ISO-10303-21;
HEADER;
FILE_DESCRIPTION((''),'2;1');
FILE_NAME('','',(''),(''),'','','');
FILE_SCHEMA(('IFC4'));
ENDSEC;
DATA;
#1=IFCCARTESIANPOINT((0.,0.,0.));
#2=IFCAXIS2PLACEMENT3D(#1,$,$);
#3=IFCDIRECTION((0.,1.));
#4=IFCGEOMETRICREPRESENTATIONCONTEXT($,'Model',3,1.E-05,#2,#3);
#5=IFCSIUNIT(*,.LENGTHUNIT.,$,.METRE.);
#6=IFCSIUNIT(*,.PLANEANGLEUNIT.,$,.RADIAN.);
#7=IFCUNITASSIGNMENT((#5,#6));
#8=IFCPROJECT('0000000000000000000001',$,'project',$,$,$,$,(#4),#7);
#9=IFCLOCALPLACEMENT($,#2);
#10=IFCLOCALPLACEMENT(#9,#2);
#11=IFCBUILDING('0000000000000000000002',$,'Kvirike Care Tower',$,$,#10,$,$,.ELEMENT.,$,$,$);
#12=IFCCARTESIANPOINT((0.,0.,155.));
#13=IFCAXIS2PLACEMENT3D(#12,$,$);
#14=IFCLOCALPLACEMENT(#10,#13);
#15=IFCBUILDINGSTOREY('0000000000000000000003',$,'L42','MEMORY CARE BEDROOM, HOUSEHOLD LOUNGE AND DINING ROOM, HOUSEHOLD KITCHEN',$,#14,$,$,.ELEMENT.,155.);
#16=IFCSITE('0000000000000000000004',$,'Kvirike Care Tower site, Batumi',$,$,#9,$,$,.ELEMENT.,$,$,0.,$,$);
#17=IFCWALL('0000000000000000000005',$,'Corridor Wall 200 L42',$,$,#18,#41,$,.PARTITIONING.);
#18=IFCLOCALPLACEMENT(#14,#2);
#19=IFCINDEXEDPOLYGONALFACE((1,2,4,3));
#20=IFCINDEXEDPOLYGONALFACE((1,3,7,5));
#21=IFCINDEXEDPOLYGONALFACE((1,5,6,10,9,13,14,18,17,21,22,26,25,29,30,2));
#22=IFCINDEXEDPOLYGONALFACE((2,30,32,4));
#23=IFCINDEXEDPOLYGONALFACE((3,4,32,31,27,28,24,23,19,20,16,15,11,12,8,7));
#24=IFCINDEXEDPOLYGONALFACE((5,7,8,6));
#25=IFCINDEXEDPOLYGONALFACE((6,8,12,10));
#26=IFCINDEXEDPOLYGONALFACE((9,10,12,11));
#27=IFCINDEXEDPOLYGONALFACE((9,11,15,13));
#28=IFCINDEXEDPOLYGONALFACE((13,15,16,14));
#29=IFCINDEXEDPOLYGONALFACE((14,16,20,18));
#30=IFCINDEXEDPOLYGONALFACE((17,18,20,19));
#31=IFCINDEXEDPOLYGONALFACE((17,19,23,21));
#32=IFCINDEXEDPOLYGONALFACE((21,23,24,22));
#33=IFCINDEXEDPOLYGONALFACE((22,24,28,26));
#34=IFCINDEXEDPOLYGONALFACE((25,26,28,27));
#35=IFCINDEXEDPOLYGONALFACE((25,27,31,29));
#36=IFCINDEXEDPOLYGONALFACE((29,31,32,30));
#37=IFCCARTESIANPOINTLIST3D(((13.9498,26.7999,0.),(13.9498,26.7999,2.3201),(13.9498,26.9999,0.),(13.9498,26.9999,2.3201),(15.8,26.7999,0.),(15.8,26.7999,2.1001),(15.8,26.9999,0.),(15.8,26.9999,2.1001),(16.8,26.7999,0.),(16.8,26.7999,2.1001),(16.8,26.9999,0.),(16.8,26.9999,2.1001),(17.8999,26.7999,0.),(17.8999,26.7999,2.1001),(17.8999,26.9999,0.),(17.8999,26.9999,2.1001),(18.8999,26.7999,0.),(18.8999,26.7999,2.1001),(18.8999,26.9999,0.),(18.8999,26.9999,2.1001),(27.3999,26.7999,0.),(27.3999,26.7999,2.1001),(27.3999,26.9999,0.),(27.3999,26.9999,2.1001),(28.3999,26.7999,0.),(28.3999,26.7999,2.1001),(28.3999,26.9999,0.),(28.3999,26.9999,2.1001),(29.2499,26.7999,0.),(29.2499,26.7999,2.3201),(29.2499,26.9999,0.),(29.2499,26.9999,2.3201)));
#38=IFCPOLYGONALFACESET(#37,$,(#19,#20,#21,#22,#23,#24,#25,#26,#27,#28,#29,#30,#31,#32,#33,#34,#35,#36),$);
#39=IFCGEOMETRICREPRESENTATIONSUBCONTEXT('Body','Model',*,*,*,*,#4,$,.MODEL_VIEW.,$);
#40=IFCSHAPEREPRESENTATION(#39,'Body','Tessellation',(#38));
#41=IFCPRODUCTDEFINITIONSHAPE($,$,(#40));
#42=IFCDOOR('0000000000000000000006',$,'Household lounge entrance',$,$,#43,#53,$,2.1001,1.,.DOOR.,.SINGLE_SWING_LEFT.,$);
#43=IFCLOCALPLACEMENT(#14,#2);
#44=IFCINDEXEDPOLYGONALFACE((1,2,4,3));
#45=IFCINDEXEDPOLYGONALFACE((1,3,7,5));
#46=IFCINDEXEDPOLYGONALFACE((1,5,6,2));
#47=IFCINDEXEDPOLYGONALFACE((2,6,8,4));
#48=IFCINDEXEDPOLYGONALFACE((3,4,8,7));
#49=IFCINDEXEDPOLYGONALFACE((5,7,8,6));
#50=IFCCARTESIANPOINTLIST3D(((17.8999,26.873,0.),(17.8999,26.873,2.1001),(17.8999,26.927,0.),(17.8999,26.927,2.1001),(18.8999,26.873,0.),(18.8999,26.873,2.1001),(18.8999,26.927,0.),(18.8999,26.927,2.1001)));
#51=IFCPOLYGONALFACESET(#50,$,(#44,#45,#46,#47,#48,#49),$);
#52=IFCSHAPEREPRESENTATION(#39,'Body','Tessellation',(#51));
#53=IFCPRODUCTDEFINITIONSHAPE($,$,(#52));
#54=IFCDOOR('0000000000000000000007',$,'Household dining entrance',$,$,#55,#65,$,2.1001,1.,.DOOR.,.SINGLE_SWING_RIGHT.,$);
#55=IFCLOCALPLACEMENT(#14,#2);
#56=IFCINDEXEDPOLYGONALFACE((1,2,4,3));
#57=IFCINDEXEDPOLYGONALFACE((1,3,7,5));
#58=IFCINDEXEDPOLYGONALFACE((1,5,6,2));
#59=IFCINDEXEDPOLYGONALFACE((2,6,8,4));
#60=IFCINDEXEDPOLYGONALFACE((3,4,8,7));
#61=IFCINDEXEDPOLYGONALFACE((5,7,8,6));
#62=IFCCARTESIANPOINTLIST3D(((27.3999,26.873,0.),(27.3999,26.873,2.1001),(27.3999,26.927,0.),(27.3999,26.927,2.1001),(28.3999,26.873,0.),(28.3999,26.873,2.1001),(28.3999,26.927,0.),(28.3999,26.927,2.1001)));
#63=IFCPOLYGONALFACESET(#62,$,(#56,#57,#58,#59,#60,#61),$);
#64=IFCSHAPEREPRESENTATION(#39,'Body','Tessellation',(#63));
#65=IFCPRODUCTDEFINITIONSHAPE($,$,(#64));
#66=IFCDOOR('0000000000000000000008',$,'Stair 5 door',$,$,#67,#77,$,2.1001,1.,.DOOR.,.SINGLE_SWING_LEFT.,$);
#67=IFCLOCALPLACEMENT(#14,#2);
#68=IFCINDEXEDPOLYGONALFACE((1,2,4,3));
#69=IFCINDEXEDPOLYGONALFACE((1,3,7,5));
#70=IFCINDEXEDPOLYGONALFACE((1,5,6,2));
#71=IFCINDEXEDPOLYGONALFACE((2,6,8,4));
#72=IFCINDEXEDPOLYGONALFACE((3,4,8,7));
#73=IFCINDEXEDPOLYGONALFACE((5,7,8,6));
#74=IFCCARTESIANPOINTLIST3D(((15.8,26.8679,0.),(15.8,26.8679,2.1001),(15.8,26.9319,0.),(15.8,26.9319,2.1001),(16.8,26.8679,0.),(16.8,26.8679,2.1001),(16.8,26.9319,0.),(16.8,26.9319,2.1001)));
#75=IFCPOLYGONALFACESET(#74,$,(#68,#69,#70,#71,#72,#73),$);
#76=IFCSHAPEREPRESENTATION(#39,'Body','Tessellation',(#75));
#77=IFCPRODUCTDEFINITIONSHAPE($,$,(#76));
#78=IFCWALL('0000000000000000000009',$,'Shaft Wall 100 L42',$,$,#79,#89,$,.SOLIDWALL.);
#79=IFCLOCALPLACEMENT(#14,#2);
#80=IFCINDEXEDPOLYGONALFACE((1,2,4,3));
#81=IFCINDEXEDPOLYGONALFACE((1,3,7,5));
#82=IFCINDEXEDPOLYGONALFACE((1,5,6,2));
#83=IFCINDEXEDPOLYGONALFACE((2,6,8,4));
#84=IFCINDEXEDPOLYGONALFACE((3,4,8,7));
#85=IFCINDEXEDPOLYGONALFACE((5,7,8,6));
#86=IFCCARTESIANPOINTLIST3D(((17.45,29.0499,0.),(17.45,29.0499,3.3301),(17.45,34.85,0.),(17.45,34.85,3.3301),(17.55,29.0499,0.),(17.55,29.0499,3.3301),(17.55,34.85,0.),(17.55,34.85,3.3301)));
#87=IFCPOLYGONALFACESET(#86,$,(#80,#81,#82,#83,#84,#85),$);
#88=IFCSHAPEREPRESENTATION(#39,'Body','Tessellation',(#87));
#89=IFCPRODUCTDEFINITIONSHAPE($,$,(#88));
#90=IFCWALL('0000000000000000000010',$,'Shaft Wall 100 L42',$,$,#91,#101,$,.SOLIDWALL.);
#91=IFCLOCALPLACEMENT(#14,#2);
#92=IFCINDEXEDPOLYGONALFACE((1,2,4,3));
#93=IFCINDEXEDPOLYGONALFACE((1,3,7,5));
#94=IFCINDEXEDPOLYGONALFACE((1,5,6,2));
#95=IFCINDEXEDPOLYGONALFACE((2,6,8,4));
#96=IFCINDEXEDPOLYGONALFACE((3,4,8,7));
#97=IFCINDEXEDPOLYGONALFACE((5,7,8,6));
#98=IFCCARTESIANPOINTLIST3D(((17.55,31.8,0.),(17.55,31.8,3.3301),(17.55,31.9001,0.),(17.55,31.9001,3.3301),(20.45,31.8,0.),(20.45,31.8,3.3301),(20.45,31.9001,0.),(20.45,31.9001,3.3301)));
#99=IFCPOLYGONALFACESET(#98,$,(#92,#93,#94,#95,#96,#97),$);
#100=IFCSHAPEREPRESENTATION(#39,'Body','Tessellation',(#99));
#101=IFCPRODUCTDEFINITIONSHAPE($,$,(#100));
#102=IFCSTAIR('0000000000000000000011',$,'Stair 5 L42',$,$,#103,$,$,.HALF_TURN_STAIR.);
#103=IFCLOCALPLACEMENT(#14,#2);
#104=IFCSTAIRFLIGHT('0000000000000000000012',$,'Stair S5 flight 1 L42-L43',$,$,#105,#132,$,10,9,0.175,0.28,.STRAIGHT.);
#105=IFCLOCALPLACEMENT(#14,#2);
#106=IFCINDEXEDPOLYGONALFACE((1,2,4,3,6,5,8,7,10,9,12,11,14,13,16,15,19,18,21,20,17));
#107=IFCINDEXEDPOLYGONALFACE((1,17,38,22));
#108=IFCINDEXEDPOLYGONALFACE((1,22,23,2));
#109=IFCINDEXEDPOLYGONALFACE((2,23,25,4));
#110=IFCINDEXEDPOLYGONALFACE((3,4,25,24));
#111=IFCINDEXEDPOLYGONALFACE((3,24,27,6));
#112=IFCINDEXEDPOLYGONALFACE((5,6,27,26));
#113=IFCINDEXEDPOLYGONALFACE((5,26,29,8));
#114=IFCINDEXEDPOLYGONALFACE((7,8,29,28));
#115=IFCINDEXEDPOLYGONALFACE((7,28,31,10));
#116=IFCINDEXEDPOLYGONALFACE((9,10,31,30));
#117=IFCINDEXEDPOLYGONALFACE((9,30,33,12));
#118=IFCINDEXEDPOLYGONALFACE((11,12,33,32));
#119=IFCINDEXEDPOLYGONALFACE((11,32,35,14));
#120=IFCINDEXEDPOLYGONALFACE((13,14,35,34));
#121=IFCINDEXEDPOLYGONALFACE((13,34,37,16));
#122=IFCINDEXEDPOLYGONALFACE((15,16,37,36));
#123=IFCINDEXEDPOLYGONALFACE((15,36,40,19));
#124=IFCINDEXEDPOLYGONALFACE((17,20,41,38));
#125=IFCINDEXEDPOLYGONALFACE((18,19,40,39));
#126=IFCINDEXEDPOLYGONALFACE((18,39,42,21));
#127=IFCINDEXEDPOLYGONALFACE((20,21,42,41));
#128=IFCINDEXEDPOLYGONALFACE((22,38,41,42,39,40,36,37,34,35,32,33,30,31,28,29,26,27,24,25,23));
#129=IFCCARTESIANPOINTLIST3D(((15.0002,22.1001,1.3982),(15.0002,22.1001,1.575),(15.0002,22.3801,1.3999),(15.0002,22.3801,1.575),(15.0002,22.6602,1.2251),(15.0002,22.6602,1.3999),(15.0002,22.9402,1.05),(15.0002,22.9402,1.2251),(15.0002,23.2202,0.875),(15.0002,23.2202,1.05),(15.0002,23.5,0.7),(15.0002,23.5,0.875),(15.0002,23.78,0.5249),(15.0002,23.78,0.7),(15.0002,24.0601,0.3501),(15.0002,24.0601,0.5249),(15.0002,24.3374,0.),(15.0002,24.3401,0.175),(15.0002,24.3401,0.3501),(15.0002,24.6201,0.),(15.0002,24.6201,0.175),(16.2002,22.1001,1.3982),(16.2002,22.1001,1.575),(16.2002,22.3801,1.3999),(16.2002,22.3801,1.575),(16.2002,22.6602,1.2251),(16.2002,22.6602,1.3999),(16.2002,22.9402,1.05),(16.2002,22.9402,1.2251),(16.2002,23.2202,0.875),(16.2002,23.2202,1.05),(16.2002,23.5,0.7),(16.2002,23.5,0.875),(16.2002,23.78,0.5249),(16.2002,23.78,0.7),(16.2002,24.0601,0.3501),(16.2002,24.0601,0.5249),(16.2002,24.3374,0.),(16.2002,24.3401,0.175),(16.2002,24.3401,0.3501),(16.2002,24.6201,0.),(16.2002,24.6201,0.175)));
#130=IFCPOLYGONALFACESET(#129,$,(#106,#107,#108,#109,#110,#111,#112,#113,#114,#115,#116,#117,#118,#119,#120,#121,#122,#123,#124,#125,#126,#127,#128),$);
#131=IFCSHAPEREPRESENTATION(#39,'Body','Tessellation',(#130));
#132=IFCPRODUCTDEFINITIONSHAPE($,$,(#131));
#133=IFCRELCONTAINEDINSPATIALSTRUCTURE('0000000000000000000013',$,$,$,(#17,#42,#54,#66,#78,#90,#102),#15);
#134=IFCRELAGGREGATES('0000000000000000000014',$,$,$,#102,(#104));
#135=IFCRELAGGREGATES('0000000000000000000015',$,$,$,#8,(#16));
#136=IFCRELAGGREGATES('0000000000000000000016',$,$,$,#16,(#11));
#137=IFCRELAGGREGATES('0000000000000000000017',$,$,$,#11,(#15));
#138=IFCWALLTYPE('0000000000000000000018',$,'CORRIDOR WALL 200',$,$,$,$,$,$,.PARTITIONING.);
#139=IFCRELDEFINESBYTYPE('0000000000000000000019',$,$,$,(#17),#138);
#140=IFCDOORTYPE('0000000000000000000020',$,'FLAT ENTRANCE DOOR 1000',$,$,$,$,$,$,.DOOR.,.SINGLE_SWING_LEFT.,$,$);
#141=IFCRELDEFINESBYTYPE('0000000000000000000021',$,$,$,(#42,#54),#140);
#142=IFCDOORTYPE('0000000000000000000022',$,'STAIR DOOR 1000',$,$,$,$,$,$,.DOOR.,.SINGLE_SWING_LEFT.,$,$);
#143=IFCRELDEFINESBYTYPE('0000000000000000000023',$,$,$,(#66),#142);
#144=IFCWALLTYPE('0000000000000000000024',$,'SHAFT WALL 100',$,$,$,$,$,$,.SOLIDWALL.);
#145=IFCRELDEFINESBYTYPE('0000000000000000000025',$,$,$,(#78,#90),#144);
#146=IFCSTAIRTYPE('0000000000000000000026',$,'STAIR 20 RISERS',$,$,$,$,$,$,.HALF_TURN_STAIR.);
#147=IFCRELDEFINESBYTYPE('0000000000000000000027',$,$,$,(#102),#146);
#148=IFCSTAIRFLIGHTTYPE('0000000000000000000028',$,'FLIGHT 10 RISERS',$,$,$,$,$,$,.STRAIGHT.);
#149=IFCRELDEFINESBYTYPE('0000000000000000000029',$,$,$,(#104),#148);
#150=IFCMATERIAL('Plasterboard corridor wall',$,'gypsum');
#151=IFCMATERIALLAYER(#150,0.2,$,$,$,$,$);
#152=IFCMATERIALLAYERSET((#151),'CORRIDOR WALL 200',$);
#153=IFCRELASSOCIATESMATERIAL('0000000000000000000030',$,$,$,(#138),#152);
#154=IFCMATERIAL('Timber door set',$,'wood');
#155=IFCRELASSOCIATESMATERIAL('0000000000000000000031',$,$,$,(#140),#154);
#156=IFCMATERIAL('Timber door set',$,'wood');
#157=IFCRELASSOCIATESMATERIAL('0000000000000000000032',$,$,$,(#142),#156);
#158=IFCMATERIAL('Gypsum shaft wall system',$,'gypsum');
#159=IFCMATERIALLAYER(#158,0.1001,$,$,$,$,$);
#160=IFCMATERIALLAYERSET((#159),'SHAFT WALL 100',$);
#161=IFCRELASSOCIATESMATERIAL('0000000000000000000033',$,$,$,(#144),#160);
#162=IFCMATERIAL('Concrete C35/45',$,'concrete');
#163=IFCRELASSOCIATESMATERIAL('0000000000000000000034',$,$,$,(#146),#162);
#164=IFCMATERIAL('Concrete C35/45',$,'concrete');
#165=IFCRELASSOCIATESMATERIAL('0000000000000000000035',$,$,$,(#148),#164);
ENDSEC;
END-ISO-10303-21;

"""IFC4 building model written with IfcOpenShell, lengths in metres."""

from ifc_helpers import new_model, si_unit, direction, frame, frame_2d, origin, place, context, subcontext, project, spatial, polyline, rectangle, outline, extrude, material, layer, layer_set, type_object, element, fill, aggregate, save


model = new_model("IFC4")

# Units and contexts
model_context = context("Model", 3, precision=1e-05, world=origin(), true_north=direction((0.0, 1.0)))
body_context = subcontext(model_context, "Body", "Model", "MODEL_VIEW")
ifc_project = project(units=[si_unit("LENGTHUNIT", "METRE"), si_unit("PLANEANGLEUNIT", "RADIAN")], contexts=[model_context])

# Site, building, storey
site_placement = place(None, origin())
site = spatial("IfcSite", under=ifc_project, at=site_placement, Name="Kvirike Care Tower site, Batumi", CompositionType="ELEMENT", RefElevation=0.0)
building_placement = place(site_placement, origin())
building = spatial("IfcBuilding", under=site, at=building_placement, Name="Kvirike Care Tower", CompositionType="ELEMENT")
storey_placement = place(building_placement, frame((0.0, 0.0, 155.0)))
storey = spatial("IfcBuildingStorey", under=building, at=storey_placement, Name="L42", Description="MEMORY CARE BEDROOM, HOUSEHOLD LOUNGE AND DINING ROOM, HOUSEHOLD KITCHEN", CompositionType="ELEMENT", Elevation=155.0)

# Wall, openings, doors
ifc_material_1 = material(Name="Plasterboard corridor wall", Category="gypsum")
ifc_layer_1 = layer(ifc_material_1, 0.2)
ifc_layer_set_1 = layer_set([ifc_layer_1], Name="CORRIDOR WALL 200")
wall_type_1 = type_object("IfcWallType", Name="CORRIDOR WALL 200", PredefinedType="PARTITIONING", material=ifc_layer_set_1)
wall_1_placement = place(storey_placement, frame((13.95, 26.8999, 0.0), z_axis=(0.0, 0.0, 1.0), x_axis=(1.0, 0.0, 0.0)))
wall_1 = element("IfcWall", 1, at=wall_1_placement, inside=storey, type_object=wall_type_1, Name="Corridor Wall 200 L42", PredefinedType="PARTITIONING", context=body_context, shape_type="SweptSolid", body=[
    extrude(rectangle(XDim=15.3, YDim=0.2, at=frame_2d((7.6499, 0.0))), origin(), (0.0, 0.0, 1.0), 2.3201),
])
opening_1_placement = place(wall_1_placement, frame((1.8501, 0.0, 0.0)))
opening_1 = element("IfcOpeningElement", 2, at=opening_1_placement, cuts=wall_1, PredefinedType="OPENING", context=body_context, shape_type="SweptSolid", body=[
    extrude(rectangle(XDim=1.0, YDim=2.1001, at=frame_2d((0.5, 1.05))), frame((0.0, 0.1106, 0.0), z_axis=(0.0, -1.0, 0.0), x_axis=(1.0, 0.0, 0.0)), (0.0, 0.0, 1.0), 0.2209),
])
opening_2_placement = place(wall_1_placement, frame((3.95, 0.0, 0.0)))
opening_2 = element("IfcOpeningElement", 3, at=opening_2_placement, cuts=wall_1, PredefinedType="OPENING", context=body_context, shape_type="SweptSolid", body=[
    extrude(rectangle(XDim=1.0, YDim=2.1001, at=frame_2d((0.5, 1.05))), frame((0.0, 0.1106, 0.0), z_axis=(0.0, -1.0, 0.0), x_axis=(1.0, 0.0, 0.0)), (0.0, 0.0, 1.0), 0.2209),
])
opening_3_placement = place(wall_1_placement, frame((13.45, 0.0, 0.0)))
opening_3 = element("IfcOpeningElement", 4, at=opening_3_placement, cuts=wall_1, PredefinedType="OPENING", context=body_context, shape_type="SweptSolid", body=[
    extrude(rectangle(XDim=1.0, YDim=2.1001, at=frame_2d((0.5, 1.05))), frame((0.0, 0.1106, 0.0), z_axis=(0.0, -1.0, 0.0), x_axis=(1.0, 0.0, 0.0)), (0.0, 0.0, 1.0), 0.2209),
])
ifc_material_2 = material(Name="Timber door set", Category="wood")
door_type_1 = type_object("IfcDoorType", Name="FLAT ENTRANCE DOOR 1000", OperationType="SINGLE_SWING_LEFT", PredefinedType="DOOR", material=ifc_material_2)
door_1_placement = place(opening_2_placement, frame((1.0, 0.0, 0.0), z_axis=(0.0, 0.0, 1.0), x_axis=(-1.0, 0.0, 0.0)))
door_1 = element("IfcDoor", 5, at=door_1_placement, inside=storey, type_object=door_type_1, Name="Household lounge entrance", OperationType="SINGLE_SWING_LEFT", OverallHeight=2.1001, OverallWidth=1.0, PredefinedType="DOOR", context=body_context, shape_type="SweptSolid", body=[
    extrude(rectangle(XDim=1.0, YDim=2.1001, at=frame_2d((0.5, 1.05))), frame((0.0, 0.0269, 0.0), z_axis=(0.0, -1.0, 0.0), x_axis=(1.0, 0.0, 0.0)), (0.0, 0.0, 1.0), 0.054),
])
fill(opening_2, door_1)
door_2_placement = place(opening_3_placement, frame((1.0, 0.0, 0.0), z_axis=(0.0, 0.0, 1.0), x_axis=(-1.0, 0.0, 0.0)))
door_2 = element("IfcDoor", 6, at=door_2_placement, inside=storey, type_object=door_type_1, Name="Household dining entrance", OperationType="SINGLE_SWING_RIGHT", OverallHeight=2.1001, OverallWidth=1.0, PredefinedType="DOOR", context=body_context, shape_type="SweptSolid", body=[
    extrude(rectangle(XDim=1.0, YDim=2.1001, at=frame_2d((0.5, 1.05))), frame((0.0, 0.0269, 0.0), z_axis=(0.0, -1.0, 0.0), x_axis=(1.0, 0.0, 0.0)), (0.0, 0.0, 1.0), 0.054),
])
fill(opening_3, door_2)
ifc_material_3 = material(Name="Timber door set", Category="wood")
door_type_2 = type_object("IfcDoorType", Name="STAIR DOOR 1000", OperationType="SINGLE_SWING_LEFT", PredefinedType="DOOR", material=ifc_material_3)
door_3_placement = place(opening_1_placement, frame((1.0, 0.0, 0.0), z_axis=(0.0, 0.0, 1.0), x_axis=(-1.0, 0.0, 0.0)))
door_3 = element("IfcDoor", 7, at=door_3_placement, inside=storey, type_object=door_type_2, Name="Stair 5 door", OperationType="SINGLE_SWING_LEFT", OverallHeight=2.1001, OverallWidth=1.0, PredefinedType="DOOR", context=body_context, shape_type="SweptSolid", body=[
    extrude(rectangle(XDim=1.0, YDim=2.1001, at=frame_2d((0.5, 1.05))), frame((0.0, 0.032, 0.0), z_axis=(0.0, -1.0, 0.0), x_axis=(1.0, 0.0, 0.0)), (0.0, 0.0, 1.0), 0.064),
])
fill(opening_1, door_3)

# Walls
ifc_material_4 = material(Name="Gypsum shaft wall system", Category="gypsum")
ifc_layer_2 = layer(ifc_material_4, 0.1001)
ifc_layer_set_2 = layer_set([ifc_layer_2], Name="SHAFT WALL 100")
wall_type_2 = type_object("IfcWallType", Name="SHAFT WALL 100", PredefinedType="SOLIDWALL", material=ifc_layer_set_2)
wall_2_placement = place(storey_placement, frame((17.5, 29.05, 0.0), z_axis=(0.0, 0.0, 1.0), x_axis=(0.0, 1.0, 0.0)))
element("IfcWall", 8, at=wall_2_placement, inside=storey, type_object=wall_type_2, Name="Shaft Wall 100 L42", PredefinedType="SOLIDWALL", context=body_context, shape_type="SweptSolid", body=[
    extrude(rectangle(XDim=5.8, YDim=0.1001, at=frame_2d((2.8999, 0.0))), origin(), (0.0, 0.0, 1.0), 3.3301),
])
wall_3_placement = place(storey_placement, frame((17.55, 31.8501, 0.0), z_axis=(0.0, 0.0, 1.0), x_axis=(1.0, 0.0, 0.0)))
element("IfcWall", 9, at=wall_3_placement, inside=storey, type_object=wall_type_2, Name="Shaft Wall 100 L42", PredefinedType="SOLIDWALL", context=body_context, shape_type="SweptSolid", body=[
    extrude(rectangle(XDim=2.8999, YDim=0.1001, at=frame_2d((1.45, 0.0))), origin(), (0.0, 0.0, 1.0), 3.3301),
])

# Stair, stair flight
ifc_material_5 = material(Name="Concrete C35/45", Category="concrete")
stair_type = type_object("IfcStairType", Name="STAIR 20 RISERS", PredefinedType="HALF_TURN_STAIR", material=ifc_material_5)
stair_placement = place(storey_placement, origin())
stair = element("IfcStair", 10, at=stair_placement, inside=storey, type_object=stair_type, Name="Stair 5 L42", PredefinedType="HALF_TURN_STAIR")
ifc_material_6 = material(Name="Concrete C35/45", Category="concrete")
stair_flight_type = type_object("IfcStairFlightType", Name="FLIGHT 10 RISERS", PredefinedType="STRAIGHT", material=ifc_material_6)
stair_flight_placement = place(storey_placement, frame((15.6001, 24.6201, 0.0), z_axis=(0.0, 0.0, 1.0), x_axis=(0.0, -1.0, 0.0)))
stair_flight = element("IfcStairFlight", 11, at=stair_flight_placement, type_object=stair_flight_type, Name="Stair S5 flight 1 L42-L43", NumberOfRisers=10, NumberOfTreads=9, PredefinedType="STRAIGHT", RiserHeight=0.175, TreadLength=0.28, context=body_context, shape_type="SweptSolid", body=[
    extrude(outline(polyline([(0.0, 0.0), (0.0, 0.175), (0.28, 0.175), (0.28, 0.3501), (0.5601, 0.3501), (0.5601, 0.5249), (0.8401, 0.5249), (0.8401, 0.7), (1.1201, 0.7), (1.1201, 0.875), (1.3999, 0.875), (1.3999, 1.05), (1.6799, 1.05), (1.6799, 1.2251), (1.96, 1.2251), (1.96, 1.3999), (2.24, 1.3999), (2.24, 1.575), (2.52, 1.575), (2.52, 1.75), (2.52, 1.3982), (0.2827, 0.0), (0.0, 0.0)])), frame((0.0, 0.6001, 0.0), z_axis=(0.0, -1.0, 0.0), x_axis=(1.0, 0.0, 0.0)), (0.0, 0.0, 1.0), 1.2),
])
aggregate(stair, [stair_flight])

save(model, "model.ifc")
